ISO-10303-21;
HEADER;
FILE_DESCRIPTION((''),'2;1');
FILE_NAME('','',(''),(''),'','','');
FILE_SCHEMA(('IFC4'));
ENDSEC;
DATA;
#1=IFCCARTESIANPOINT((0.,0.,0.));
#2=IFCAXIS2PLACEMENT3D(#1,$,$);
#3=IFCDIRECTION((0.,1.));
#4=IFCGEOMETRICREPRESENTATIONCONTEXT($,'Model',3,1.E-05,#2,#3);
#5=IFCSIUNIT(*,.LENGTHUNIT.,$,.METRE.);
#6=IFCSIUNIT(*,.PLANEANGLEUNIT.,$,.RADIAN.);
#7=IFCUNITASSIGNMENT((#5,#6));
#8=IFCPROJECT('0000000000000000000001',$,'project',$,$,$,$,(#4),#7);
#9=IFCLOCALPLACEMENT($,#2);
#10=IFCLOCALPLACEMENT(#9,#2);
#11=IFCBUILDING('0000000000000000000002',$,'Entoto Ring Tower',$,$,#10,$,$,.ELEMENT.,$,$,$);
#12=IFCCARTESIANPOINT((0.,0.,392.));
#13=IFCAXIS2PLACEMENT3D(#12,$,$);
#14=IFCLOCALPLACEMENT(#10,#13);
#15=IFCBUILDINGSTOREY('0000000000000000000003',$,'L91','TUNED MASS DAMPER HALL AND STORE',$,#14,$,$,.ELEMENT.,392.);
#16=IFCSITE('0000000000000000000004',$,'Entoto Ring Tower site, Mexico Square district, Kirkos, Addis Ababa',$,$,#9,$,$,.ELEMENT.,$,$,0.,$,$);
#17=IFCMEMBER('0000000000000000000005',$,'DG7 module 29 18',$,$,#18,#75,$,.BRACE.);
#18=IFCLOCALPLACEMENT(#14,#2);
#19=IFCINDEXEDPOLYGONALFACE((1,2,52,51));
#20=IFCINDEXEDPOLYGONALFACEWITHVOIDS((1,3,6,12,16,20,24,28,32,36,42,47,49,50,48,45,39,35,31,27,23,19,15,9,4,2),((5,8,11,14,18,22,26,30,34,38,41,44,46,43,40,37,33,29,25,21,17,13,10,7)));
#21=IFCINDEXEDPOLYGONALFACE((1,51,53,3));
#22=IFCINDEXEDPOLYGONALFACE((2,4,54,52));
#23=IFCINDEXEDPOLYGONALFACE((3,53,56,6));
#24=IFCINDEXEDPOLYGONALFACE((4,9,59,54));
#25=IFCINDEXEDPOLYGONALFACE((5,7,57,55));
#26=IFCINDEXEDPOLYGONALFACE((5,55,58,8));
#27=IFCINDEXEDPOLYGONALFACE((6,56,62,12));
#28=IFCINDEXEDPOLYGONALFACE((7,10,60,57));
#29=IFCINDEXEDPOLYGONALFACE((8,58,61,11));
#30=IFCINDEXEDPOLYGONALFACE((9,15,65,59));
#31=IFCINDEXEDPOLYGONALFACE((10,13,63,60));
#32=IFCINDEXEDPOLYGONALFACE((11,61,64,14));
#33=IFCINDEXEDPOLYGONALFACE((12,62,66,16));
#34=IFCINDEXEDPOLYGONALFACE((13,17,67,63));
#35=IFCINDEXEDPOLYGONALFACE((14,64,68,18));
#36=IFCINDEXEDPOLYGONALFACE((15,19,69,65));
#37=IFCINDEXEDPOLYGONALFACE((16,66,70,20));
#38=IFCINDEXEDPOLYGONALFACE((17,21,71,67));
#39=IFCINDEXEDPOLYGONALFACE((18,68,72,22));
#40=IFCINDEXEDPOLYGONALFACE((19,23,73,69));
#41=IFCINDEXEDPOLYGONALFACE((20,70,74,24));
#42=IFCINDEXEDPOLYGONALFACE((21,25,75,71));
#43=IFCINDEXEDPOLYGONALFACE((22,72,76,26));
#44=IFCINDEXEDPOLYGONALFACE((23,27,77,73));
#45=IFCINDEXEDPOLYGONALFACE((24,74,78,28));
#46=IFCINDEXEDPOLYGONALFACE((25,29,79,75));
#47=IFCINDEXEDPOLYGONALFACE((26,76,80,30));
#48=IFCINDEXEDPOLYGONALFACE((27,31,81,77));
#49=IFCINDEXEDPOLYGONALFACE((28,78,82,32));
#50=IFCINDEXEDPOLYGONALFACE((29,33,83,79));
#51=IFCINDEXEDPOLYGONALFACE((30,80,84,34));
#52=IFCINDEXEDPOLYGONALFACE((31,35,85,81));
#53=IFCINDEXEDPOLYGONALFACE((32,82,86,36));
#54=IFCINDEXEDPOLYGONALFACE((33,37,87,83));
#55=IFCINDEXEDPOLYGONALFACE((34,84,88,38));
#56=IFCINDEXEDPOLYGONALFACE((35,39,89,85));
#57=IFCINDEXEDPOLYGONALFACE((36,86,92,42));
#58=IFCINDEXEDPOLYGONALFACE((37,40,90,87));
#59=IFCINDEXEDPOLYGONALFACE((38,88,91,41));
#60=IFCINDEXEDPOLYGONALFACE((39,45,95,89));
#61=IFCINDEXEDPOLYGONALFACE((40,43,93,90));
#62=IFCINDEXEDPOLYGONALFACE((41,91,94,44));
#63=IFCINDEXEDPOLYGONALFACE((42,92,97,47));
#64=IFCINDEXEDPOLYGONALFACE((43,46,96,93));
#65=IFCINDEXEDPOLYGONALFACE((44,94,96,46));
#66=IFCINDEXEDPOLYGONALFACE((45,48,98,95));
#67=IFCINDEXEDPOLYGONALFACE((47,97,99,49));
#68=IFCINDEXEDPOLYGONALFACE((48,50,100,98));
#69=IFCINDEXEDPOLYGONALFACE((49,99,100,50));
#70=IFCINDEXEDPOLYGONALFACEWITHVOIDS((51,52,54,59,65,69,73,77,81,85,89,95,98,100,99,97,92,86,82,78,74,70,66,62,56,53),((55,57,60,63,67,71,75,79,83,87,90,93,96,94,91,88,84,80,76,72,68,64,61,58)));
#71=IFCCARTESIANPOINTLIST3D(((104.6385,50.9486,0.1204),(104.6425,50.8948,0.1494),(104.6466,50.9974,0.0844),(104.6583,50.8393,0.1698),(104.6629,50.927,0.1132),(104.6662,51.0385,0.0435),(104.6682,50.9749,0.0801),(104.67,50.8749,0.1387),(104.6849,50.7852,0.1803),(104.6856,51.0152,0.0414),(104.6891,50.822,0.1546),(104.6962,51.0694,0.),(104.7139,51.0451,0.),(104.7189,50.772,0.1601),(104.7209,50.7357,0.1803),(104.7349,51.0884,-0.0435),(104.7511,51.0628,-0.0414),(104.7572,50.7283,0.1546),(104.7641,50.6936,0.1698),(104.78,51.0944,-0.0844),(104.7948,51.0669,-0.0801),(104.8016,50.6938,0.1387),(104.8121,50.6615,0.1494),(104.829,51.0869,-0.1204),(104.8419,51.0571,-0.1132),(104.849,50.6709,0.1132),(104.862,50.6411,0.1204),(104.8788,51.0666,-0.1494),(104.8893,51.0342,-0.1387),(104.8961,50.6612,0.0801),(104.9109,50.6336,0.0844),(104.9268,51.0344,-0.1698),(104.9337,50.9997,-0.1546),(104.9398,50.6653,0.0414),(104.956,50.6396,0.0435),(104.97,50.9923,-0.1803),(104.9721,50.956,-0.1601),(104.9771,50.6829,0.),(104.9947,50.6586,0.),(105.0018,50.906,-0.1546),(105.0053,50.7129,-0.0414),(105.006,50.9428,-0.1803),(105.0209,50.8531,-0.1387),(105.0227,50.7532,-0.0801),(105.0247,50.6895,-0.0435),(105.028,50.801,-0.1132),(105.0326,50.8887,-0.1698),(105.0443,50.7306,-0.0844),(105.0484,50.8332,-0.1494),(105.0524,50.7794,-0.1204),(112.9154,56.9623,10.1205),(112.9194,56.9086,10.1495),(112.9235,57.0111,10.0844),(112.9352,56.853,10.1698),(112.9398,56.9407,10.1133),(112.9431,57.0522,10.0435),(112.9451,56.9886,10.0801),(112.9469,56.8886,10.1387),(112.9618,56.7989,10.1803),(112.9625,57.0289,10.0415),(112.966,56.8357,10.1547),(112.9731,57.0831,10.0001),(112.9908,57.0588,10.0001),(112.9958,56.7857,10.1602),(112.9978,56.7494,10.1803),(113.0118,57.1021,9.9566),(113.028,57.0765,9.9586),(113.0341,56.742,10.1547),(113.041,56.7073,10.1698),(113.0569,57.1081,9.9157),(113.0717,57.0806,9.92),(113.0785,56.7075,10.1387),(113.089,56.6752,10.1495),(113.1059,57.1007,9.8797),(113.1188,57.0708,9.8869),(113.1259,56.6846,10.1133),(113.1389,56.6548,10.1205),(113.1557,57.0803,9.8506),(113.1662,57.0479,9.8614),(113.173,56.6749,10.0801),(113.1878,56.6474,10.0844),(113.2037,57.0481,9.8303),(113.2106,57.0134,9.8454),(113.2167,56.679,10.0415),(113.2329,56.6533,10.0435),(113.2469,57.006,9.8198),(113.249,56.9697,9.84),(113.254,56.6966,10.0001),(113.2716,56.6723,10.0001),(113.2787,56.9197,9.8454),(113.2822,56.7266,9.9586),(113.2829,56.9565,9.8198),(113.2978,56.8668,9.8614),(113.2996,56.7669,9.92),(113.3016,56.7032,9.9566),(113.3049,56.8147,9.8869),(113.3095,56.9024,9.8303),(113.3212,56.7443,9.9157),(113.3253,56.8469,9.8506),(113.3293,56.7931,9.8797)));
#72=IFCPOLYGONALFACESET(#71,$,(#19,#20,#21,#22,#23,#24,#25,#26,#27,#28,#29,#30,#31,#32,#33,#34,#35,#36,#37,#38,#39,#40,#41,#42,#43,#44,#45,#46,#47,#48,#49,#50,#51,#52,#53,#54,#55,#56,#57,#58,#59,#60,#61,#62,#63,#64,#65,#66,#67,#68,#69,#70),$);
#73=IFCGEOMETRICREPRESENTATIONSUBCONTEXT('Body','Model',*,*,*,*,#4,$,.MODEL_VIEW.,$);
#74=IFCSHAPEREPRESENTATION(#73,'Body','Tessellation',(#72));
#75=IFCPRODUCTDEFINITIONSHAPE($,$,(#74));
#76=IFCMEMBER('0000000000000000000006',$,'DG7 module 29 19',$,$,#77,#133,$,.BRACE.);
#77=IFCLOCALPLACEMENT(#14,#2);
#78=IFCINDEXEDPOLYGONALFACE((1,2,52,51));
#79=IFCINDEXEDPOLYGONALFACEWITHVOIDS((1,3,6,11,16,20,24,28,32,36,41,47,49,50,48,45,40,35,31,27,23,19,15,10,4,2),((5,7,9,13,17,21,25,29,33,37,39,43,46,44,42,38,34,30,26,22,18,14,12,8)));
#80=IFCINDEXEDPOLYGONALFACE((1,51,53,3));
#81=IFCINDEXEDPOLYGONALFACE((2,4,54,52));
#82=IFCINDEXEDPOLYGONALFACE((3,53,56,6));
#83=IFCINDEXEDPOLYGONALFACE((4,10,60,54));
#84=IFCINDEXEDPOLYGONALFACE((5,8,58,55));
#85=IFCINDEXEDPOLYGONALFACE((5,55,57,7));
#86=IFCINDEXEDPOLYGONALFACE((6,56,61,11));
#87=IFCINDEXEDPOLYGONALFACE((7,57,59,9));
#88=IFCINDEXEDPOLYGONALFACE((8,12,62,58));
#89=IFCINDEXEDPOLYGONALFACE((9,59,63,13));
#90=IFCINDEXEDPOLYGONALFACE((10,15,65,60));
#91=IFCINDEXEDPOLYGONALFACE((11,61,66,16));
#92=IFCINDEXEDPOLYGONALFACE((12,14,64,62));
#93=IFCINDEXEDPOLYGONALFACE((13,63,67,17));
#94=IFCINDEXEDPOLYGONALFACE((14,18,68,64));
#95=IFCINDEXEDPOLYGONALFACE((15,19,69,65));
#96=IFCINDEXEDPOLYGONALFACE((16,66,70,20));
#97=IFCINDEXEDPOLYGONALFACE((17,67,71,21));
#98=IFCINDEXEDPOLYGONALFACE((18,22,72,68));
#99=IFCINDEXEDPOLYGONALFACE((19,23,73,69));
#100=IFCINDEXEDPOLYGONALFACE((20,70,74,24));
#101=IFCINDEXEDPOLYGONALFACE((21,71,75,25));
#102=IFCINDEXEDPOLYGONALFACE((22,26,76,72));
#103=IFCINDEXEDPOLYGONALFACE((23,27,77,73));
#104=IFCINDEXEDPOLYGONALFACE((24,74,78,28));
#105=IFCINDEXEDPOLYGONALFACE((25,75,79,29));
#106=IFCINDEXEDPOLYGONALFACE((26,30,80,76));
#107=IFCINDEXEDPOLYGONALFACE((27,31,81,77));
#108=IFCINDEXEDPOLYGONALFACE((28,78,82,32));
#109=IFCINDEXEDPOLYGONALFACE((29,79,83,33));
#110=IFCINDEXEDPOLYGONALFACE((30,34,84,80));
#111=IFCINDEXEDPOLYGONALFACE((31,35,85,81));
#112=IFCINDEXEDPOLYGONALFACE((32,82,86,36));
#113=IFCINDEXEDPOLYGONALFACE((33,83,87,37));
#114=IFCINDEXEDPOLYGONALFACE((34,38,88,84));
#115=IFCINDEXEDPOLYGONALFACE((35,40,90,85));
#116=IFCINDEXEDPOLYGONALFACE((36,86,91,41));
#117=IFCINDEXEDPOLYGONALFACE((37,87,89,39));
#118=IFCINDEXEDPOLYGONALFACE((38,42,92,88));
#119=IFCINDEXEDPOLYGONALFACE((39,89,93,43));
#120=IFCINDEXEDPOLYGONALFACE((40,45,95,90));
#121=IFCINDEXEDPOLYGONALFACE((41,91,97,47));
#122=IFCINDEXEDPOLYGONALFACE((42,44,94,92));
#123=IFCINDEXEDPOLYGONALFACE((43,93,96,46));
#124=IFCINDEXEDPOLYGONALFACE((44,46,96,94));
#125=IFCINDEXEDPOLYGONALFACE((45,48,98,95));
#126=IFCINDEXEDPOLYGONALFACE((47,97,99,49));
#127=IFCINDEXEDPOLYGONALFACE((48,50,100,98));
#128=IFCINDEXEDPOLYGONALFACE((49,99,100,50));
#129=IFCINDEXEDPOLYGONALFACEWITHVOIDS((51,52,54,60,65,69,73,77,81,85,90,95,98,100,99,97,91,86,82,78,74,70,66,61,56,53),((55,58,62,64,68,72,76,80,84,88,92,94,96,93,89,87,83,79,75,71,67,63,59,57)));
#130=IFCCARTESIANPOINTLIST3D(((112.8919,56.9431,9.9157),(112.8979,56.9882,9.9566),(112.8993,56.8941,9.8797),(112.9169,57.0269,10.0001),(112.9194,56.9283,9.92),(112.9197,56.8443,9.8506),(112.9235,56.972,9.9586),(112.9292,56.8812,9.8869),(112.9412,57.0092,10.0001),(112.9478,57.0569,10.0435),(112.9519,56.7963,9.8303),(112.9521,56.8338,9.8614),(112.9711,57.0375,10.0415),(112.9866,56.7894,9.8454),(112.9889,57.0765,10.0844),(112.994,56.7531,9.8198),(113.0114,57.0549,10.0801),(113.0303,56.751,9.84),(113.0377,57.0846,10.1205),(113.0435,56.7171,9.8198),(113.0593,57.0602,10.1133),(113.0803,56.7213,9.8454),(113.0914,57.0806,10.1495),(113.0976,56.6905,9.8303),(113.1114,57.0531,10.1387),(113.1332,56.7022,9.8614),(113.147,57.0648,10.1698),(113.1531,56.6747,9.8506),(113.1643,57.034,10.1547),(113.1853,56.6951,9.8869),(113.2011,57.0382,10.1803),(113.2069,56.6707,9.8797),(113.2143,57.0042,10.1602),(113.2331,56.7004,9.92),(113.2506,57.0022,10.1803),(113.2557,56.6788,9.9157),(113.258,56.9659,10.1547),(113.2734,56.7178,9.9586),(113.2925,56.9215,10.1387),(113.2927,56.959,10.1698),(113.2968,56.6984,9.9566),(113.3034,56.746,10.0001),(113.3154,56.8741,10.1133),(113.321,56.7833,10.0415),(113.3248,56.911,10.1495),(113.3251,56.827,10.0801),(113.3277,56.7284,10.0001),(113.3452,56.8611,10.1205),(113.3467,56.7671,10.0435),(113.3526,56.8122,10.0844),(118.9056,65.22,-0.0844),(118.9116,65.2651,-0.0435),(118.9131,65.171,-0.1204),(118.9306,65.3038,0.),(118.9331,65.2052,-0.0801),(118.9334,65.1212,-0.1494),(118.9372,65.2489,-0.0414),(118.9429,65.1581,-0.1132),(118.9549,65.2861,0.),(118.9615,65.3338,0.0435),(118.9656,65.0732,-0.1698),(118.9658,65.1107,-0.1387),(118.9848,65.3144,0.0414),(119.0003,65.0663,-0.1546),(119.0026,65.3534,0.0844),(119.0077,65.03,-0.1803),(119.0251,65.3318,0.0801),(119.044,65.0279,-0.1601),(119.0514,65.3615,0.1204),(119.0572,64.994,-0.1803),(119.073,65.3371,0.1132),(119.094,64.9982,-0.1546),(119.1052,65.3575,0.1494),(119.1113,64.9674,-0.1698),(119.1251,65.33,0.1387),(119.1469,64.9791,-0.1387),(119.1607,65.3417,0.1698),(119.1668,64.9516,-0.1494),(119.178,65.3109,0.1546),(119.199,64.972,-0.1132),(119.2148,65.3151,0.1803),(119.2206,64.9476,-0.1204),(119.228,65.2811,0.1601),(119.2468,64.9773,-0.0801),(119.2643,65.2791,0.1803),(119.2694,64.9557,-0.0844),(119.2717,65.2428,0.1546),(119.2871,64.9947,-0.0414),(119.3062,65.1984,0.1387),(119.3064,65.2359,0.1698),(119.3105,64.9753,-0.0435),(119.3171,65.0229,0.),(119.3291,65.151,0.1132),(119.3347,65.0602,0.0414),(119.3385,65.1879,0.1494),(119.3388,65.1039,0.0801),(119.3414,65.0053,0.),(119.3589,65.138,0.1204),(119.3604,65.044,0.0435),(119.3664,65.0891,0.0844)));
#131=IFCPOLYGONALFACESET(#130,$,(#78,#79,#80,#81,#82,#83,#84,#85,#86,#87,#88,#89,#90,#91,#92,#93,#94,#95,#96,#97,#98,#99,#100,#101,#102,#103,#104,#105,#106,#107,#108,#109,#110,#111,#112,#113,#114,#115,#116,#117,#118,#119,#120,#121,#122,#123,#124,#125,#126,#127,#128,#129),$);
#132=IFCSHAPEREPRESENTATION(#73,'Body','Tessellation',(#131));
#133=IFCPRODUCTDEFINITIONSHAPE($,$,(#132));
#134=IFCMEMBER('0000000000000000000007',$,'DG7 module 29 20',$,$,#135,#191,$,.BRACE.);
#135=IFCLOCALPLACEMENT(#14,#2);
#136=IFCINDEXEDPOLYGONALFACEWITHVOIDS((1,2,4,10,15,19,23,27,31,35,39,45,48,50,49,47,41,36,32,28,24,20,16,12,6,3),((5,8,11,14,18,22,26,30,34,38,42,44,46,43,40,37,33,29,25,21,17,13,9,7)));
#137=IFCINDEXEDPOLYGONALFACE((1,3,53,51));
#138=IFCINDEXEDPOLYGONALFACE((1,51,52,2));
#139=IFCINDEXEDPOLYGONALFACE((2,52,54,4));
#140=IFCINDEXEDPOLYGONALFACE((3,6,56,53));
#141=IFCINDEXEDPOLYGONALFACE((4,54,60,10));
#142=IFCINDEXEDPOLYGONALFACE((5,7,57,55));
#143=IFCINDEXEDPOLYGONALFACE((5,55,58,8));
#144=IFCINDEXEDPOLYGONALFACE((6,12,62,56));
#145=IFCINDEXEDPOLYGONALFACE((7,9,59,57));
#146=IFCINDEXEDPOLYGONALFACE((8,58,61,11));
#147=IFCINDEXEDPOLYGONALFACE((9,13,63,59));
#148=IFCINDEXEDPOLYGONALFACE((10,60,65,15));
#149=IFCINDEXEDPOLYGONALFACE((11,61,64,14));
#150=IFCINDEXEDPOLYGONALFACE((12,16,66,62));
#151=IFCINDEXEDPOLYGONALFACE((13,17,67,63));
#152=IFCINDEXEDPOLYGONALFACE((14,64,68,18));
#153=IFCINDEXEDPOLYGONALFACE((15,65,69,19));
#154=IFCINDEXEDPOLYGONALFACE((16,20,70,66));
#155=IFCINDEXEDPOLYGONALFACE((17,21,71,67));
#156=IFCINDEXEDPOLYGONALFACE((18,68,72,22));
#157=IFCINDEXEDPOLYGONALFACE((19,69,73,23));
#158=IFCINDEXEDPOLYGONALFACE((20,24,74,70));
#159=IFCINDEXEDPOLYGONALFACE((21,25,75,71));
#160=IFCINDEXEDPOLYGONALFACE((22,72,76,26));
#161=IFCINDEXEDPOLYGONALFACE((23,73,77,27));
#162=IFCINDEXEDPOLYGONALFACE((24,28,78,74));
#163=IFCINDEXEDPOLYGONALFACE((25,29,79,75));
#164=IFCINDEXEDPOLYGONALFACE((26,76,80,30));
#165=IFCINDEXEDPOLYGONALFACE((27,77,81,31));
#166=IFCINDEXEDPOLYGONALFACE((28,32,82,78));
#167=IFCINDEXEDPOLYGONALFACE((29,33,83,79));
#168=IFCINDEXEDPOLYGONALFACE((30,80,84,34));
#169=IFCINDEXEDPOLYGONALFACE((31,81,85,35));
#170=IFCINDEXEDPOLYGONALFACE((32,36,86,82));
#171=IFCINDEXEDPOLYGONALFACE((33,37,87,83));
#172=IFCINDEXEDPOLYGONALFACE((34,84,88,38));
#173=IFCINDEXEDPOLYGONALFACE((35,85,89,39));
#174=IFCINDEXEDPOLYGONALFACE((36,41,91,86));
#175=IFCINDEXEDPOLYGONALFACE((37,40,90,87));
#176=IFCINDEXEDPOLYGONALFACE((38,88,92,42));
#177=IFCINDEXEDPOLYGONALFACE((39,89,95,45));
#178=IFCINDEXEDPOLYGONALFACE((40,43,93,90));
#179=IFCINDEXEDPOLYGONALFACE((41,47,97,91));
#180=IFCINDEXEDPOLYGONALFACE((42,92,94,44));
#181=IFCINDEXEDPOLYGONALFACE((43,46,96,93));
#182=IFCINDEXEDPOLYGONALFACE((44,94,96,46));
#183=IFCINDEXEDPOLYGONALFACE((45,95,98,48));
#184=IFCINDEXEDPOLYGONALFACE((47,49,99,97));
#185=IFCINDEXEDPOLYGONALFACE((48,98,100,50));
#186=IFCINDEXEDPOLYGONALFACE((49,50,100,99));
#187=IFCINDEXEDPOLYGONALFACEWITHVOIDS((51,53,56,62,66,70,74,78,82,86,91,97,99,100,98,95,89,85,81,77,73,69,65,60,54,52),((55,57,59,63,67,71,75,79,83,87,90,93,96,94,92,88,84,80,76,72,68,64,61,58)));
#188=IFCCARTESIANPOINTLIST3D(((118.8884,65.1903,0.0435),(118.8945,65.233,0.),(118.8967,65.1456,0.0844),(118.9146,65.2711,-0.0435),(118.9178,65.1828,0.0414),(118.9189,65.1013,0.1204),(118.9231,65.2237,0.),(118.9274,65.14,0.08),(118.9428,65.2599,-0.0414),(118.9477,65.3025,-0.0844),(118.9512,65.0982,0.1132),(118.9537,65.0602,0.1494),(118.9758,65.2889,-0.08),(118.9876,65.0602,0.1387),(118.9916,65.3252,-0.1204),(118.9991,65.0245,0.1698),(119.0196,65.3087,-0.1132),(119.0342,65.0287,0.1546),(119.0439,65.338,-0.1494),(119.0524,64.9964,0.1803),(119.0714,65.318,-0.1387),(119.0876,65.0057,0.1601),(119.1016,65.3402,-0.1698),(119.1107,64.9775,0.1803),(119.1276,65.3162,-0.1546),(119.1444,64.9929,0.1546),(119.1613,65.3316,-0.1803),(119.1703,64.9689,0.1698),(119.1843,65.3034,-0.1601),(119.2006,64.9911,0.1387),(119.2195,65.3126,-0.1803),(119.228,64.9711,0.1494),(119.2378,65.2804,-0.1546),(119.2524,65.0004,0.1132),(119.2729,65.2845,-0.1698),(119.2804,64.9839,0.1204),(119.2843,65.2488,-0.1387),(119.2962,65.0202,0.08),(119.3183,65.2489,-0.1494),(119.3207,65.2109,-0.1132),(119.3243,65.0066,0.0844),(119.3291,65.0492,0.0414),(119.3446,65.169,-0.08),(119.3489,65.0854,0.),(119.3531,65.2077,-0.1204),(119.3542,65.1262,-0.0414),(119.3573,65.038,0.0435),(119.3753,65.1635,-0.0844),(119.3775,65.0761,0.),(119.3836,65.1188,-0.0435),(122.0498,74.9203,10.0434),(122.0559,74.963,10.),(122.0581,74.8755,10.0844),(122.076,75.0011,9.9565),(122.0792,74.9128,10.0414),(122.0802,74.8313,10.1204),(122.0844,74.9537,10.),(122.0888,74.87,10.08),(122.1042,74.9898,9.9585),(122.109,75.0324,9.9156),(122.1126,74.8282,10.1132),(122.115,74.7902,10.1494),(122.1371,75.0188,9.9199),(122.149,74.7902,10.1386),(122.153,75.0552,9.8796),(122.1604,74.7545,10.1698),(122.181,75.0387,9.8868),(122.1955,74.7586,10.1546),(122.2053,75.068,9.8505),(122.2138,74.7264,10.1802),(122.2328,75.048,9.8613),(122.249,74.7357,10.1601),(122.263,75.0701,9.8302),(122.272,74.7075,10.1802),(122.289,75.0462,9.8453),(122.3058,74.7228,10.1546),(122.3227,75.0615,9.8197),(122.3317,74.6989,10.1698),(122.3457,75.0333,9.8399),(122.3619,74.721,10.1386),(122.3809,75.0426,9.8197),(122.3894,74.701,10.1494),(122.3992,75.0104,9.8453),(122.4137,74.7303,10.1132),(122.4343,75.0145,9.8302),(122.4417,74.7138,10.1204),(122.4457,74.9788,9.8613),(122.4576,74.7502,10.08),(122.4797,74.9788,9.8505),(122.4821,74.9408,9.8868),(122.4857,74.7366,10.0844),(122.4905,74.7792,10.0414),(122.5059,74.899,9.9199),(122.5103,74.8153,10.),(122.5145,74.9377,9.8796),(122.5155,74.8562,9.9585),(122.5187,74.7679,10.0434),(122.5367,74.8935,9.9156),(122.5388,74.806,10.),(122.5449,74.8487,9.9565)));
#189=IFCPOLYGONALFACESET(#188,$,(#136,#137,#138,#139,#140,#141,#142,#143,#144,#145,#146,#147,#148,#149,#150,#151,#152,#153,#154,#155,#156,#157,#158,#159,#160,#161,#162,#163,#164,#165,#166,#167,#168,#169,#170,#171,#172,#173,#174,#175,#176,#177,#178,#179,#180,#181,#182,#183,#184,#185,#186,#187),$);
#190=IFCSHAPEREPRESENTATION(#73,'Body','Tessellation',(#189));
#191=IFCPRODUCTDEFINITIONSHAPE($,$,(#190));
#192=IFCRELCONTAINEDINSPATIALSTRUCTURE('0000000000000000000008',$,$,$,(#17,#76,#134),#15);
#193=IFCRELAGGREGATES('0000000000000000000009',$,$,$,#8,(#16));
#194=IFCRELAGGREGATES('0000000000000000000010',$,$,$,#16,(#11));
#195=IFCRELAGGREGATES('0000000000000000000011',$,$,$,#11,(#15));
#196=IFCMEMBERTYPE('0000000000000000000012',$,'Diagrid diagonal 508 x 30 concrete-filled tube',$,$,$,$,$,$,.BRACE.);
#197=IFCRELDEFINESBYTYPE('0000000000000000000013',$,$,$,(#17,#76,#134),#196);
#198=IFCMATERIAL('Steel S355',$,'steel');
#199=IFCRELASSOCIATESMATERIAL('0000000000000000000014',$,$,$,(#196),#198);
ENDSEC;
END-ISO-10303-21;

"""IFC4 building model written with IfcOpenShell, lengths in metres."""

from ifc_helpers import new_model, si_unit, direction, frame, origin, origin_2d, place, context, subcontext, project, spatial, circle, hollow_circle, extrude, material, material_profile, profile_set, type_object, element, save


model = new_model("IFC4")

# Units and contexts
model_context = context("Model", 3, precision=1e-05, world=origin(), true_north=direction((0.0, 1.0)))
body_context = subcontext(model_context, "Body", "Model", "MODEL_VIEW")
ifc_project = project(units=[si_unit("LENGTHUNIT", "METRE"), si_unit("PLANEANGLEUNIT", "RADIAN")], contexts=[model_context])

# Site, building, storey
site_placement = place(None, origin())
site = spatial("IfcSite", under=ifc_project, at=site_placement, Name="Entoto Ring Tower site, Mexico Square district, Kirkos, Addis Ababa", CompositionType="ELEMENT", RefElevation=0.0)
building_placement = place(site_placement, origin())
building = spatial("IfcBuilding", under=site, at=building_placement, Name="Entoto Ring Tower", CompositionType="ELEMENT")
storey_placement = place(building_placement, frame((0.0, 0.0, 392.0)))
storey = spatial("IfcBuildingStorey", under=building, at=storey_placement, Name="L91", Description="TUNED MASS DAMPER HALL AND STORE", CompositionType="ELEMENT", Elevation=392.0)

# Members
ifc_material_1 = material(Name="Steel S355", Category="steel")
ifc_material_profile_1 = material_profile(ifc_material_1, hollow_circle(Radius=0.2539, WallThickness=0.03, at=origin_2d()), Name="CHS 508 x 30")
ifc_material_2 = material(Name="Concrete C60/75", Category="concrete")
ifc_material_profile_2 = material_profile(ifc_material_2, circle(Radius=0.2241, at=origin_2d()), Name="Concrete C60/75 infill")
ifc_profile_set_1 = profile_set([ifc_material_profile_1, ifc_material_profile_2], Name="Steel S355")
member_type_1 = type_object("IfcMemberType", Name="Diagrid diagonal 508 x 30 concrete-filled tube", PredefinedType="BRACE", material=ifc_profile_set_1)
for number, where, z_axis, x_axis, name in (
    (1, (104.8455, 50.864, 0.0), (0.578546, 0.420351, 0.698992), (-0.587797, 0.809008, 0.0), "DG7 module 29 18"),
    (2, (119.136, 65.1545, 0.0), (-0.420351, -0.578546, 0.698992), (0.809008, -0.587797, 0.0), "DG7 module 29 19"),
):
    element("IfcMember", number, at=place(storey_placement, frame(where, z_axis=z_axis, x_axis=x_axis)), inside=storey, type_object=member_type_1, Name=name, PredefinedType="BRACE", context=body_context, shape_type="SweptSolid", body=[
        extrude(hollow_circle(Radius=0.2539, WallThickness=0.03, at=origin_2d()), origin(), (0.0, 0.0, 1.0), 14.3064),
    ])
member_1_placement = place(storey_placement, frame((119.136, 65.1545, 0.0), z_axis=(0.22098, 0.680124, 0.698999), x_axis=(-0.951059, 0.309009, 0.0)))
element("IfcMember", 3, at=member_1_placement, inside=storey, type_object=member_type_1, Name="DG7 module 29 20", PredefinedType="BRACE", context=body_context, shape_type="SweptSolid", body=[
    extrude(hollow_circle(Radius=0.2539, WallThickness=0.03, at=origin_2d()), origin(), (0.0, 0.0, 1.0), 14.3062),
])

save(model, "model.ifc")
